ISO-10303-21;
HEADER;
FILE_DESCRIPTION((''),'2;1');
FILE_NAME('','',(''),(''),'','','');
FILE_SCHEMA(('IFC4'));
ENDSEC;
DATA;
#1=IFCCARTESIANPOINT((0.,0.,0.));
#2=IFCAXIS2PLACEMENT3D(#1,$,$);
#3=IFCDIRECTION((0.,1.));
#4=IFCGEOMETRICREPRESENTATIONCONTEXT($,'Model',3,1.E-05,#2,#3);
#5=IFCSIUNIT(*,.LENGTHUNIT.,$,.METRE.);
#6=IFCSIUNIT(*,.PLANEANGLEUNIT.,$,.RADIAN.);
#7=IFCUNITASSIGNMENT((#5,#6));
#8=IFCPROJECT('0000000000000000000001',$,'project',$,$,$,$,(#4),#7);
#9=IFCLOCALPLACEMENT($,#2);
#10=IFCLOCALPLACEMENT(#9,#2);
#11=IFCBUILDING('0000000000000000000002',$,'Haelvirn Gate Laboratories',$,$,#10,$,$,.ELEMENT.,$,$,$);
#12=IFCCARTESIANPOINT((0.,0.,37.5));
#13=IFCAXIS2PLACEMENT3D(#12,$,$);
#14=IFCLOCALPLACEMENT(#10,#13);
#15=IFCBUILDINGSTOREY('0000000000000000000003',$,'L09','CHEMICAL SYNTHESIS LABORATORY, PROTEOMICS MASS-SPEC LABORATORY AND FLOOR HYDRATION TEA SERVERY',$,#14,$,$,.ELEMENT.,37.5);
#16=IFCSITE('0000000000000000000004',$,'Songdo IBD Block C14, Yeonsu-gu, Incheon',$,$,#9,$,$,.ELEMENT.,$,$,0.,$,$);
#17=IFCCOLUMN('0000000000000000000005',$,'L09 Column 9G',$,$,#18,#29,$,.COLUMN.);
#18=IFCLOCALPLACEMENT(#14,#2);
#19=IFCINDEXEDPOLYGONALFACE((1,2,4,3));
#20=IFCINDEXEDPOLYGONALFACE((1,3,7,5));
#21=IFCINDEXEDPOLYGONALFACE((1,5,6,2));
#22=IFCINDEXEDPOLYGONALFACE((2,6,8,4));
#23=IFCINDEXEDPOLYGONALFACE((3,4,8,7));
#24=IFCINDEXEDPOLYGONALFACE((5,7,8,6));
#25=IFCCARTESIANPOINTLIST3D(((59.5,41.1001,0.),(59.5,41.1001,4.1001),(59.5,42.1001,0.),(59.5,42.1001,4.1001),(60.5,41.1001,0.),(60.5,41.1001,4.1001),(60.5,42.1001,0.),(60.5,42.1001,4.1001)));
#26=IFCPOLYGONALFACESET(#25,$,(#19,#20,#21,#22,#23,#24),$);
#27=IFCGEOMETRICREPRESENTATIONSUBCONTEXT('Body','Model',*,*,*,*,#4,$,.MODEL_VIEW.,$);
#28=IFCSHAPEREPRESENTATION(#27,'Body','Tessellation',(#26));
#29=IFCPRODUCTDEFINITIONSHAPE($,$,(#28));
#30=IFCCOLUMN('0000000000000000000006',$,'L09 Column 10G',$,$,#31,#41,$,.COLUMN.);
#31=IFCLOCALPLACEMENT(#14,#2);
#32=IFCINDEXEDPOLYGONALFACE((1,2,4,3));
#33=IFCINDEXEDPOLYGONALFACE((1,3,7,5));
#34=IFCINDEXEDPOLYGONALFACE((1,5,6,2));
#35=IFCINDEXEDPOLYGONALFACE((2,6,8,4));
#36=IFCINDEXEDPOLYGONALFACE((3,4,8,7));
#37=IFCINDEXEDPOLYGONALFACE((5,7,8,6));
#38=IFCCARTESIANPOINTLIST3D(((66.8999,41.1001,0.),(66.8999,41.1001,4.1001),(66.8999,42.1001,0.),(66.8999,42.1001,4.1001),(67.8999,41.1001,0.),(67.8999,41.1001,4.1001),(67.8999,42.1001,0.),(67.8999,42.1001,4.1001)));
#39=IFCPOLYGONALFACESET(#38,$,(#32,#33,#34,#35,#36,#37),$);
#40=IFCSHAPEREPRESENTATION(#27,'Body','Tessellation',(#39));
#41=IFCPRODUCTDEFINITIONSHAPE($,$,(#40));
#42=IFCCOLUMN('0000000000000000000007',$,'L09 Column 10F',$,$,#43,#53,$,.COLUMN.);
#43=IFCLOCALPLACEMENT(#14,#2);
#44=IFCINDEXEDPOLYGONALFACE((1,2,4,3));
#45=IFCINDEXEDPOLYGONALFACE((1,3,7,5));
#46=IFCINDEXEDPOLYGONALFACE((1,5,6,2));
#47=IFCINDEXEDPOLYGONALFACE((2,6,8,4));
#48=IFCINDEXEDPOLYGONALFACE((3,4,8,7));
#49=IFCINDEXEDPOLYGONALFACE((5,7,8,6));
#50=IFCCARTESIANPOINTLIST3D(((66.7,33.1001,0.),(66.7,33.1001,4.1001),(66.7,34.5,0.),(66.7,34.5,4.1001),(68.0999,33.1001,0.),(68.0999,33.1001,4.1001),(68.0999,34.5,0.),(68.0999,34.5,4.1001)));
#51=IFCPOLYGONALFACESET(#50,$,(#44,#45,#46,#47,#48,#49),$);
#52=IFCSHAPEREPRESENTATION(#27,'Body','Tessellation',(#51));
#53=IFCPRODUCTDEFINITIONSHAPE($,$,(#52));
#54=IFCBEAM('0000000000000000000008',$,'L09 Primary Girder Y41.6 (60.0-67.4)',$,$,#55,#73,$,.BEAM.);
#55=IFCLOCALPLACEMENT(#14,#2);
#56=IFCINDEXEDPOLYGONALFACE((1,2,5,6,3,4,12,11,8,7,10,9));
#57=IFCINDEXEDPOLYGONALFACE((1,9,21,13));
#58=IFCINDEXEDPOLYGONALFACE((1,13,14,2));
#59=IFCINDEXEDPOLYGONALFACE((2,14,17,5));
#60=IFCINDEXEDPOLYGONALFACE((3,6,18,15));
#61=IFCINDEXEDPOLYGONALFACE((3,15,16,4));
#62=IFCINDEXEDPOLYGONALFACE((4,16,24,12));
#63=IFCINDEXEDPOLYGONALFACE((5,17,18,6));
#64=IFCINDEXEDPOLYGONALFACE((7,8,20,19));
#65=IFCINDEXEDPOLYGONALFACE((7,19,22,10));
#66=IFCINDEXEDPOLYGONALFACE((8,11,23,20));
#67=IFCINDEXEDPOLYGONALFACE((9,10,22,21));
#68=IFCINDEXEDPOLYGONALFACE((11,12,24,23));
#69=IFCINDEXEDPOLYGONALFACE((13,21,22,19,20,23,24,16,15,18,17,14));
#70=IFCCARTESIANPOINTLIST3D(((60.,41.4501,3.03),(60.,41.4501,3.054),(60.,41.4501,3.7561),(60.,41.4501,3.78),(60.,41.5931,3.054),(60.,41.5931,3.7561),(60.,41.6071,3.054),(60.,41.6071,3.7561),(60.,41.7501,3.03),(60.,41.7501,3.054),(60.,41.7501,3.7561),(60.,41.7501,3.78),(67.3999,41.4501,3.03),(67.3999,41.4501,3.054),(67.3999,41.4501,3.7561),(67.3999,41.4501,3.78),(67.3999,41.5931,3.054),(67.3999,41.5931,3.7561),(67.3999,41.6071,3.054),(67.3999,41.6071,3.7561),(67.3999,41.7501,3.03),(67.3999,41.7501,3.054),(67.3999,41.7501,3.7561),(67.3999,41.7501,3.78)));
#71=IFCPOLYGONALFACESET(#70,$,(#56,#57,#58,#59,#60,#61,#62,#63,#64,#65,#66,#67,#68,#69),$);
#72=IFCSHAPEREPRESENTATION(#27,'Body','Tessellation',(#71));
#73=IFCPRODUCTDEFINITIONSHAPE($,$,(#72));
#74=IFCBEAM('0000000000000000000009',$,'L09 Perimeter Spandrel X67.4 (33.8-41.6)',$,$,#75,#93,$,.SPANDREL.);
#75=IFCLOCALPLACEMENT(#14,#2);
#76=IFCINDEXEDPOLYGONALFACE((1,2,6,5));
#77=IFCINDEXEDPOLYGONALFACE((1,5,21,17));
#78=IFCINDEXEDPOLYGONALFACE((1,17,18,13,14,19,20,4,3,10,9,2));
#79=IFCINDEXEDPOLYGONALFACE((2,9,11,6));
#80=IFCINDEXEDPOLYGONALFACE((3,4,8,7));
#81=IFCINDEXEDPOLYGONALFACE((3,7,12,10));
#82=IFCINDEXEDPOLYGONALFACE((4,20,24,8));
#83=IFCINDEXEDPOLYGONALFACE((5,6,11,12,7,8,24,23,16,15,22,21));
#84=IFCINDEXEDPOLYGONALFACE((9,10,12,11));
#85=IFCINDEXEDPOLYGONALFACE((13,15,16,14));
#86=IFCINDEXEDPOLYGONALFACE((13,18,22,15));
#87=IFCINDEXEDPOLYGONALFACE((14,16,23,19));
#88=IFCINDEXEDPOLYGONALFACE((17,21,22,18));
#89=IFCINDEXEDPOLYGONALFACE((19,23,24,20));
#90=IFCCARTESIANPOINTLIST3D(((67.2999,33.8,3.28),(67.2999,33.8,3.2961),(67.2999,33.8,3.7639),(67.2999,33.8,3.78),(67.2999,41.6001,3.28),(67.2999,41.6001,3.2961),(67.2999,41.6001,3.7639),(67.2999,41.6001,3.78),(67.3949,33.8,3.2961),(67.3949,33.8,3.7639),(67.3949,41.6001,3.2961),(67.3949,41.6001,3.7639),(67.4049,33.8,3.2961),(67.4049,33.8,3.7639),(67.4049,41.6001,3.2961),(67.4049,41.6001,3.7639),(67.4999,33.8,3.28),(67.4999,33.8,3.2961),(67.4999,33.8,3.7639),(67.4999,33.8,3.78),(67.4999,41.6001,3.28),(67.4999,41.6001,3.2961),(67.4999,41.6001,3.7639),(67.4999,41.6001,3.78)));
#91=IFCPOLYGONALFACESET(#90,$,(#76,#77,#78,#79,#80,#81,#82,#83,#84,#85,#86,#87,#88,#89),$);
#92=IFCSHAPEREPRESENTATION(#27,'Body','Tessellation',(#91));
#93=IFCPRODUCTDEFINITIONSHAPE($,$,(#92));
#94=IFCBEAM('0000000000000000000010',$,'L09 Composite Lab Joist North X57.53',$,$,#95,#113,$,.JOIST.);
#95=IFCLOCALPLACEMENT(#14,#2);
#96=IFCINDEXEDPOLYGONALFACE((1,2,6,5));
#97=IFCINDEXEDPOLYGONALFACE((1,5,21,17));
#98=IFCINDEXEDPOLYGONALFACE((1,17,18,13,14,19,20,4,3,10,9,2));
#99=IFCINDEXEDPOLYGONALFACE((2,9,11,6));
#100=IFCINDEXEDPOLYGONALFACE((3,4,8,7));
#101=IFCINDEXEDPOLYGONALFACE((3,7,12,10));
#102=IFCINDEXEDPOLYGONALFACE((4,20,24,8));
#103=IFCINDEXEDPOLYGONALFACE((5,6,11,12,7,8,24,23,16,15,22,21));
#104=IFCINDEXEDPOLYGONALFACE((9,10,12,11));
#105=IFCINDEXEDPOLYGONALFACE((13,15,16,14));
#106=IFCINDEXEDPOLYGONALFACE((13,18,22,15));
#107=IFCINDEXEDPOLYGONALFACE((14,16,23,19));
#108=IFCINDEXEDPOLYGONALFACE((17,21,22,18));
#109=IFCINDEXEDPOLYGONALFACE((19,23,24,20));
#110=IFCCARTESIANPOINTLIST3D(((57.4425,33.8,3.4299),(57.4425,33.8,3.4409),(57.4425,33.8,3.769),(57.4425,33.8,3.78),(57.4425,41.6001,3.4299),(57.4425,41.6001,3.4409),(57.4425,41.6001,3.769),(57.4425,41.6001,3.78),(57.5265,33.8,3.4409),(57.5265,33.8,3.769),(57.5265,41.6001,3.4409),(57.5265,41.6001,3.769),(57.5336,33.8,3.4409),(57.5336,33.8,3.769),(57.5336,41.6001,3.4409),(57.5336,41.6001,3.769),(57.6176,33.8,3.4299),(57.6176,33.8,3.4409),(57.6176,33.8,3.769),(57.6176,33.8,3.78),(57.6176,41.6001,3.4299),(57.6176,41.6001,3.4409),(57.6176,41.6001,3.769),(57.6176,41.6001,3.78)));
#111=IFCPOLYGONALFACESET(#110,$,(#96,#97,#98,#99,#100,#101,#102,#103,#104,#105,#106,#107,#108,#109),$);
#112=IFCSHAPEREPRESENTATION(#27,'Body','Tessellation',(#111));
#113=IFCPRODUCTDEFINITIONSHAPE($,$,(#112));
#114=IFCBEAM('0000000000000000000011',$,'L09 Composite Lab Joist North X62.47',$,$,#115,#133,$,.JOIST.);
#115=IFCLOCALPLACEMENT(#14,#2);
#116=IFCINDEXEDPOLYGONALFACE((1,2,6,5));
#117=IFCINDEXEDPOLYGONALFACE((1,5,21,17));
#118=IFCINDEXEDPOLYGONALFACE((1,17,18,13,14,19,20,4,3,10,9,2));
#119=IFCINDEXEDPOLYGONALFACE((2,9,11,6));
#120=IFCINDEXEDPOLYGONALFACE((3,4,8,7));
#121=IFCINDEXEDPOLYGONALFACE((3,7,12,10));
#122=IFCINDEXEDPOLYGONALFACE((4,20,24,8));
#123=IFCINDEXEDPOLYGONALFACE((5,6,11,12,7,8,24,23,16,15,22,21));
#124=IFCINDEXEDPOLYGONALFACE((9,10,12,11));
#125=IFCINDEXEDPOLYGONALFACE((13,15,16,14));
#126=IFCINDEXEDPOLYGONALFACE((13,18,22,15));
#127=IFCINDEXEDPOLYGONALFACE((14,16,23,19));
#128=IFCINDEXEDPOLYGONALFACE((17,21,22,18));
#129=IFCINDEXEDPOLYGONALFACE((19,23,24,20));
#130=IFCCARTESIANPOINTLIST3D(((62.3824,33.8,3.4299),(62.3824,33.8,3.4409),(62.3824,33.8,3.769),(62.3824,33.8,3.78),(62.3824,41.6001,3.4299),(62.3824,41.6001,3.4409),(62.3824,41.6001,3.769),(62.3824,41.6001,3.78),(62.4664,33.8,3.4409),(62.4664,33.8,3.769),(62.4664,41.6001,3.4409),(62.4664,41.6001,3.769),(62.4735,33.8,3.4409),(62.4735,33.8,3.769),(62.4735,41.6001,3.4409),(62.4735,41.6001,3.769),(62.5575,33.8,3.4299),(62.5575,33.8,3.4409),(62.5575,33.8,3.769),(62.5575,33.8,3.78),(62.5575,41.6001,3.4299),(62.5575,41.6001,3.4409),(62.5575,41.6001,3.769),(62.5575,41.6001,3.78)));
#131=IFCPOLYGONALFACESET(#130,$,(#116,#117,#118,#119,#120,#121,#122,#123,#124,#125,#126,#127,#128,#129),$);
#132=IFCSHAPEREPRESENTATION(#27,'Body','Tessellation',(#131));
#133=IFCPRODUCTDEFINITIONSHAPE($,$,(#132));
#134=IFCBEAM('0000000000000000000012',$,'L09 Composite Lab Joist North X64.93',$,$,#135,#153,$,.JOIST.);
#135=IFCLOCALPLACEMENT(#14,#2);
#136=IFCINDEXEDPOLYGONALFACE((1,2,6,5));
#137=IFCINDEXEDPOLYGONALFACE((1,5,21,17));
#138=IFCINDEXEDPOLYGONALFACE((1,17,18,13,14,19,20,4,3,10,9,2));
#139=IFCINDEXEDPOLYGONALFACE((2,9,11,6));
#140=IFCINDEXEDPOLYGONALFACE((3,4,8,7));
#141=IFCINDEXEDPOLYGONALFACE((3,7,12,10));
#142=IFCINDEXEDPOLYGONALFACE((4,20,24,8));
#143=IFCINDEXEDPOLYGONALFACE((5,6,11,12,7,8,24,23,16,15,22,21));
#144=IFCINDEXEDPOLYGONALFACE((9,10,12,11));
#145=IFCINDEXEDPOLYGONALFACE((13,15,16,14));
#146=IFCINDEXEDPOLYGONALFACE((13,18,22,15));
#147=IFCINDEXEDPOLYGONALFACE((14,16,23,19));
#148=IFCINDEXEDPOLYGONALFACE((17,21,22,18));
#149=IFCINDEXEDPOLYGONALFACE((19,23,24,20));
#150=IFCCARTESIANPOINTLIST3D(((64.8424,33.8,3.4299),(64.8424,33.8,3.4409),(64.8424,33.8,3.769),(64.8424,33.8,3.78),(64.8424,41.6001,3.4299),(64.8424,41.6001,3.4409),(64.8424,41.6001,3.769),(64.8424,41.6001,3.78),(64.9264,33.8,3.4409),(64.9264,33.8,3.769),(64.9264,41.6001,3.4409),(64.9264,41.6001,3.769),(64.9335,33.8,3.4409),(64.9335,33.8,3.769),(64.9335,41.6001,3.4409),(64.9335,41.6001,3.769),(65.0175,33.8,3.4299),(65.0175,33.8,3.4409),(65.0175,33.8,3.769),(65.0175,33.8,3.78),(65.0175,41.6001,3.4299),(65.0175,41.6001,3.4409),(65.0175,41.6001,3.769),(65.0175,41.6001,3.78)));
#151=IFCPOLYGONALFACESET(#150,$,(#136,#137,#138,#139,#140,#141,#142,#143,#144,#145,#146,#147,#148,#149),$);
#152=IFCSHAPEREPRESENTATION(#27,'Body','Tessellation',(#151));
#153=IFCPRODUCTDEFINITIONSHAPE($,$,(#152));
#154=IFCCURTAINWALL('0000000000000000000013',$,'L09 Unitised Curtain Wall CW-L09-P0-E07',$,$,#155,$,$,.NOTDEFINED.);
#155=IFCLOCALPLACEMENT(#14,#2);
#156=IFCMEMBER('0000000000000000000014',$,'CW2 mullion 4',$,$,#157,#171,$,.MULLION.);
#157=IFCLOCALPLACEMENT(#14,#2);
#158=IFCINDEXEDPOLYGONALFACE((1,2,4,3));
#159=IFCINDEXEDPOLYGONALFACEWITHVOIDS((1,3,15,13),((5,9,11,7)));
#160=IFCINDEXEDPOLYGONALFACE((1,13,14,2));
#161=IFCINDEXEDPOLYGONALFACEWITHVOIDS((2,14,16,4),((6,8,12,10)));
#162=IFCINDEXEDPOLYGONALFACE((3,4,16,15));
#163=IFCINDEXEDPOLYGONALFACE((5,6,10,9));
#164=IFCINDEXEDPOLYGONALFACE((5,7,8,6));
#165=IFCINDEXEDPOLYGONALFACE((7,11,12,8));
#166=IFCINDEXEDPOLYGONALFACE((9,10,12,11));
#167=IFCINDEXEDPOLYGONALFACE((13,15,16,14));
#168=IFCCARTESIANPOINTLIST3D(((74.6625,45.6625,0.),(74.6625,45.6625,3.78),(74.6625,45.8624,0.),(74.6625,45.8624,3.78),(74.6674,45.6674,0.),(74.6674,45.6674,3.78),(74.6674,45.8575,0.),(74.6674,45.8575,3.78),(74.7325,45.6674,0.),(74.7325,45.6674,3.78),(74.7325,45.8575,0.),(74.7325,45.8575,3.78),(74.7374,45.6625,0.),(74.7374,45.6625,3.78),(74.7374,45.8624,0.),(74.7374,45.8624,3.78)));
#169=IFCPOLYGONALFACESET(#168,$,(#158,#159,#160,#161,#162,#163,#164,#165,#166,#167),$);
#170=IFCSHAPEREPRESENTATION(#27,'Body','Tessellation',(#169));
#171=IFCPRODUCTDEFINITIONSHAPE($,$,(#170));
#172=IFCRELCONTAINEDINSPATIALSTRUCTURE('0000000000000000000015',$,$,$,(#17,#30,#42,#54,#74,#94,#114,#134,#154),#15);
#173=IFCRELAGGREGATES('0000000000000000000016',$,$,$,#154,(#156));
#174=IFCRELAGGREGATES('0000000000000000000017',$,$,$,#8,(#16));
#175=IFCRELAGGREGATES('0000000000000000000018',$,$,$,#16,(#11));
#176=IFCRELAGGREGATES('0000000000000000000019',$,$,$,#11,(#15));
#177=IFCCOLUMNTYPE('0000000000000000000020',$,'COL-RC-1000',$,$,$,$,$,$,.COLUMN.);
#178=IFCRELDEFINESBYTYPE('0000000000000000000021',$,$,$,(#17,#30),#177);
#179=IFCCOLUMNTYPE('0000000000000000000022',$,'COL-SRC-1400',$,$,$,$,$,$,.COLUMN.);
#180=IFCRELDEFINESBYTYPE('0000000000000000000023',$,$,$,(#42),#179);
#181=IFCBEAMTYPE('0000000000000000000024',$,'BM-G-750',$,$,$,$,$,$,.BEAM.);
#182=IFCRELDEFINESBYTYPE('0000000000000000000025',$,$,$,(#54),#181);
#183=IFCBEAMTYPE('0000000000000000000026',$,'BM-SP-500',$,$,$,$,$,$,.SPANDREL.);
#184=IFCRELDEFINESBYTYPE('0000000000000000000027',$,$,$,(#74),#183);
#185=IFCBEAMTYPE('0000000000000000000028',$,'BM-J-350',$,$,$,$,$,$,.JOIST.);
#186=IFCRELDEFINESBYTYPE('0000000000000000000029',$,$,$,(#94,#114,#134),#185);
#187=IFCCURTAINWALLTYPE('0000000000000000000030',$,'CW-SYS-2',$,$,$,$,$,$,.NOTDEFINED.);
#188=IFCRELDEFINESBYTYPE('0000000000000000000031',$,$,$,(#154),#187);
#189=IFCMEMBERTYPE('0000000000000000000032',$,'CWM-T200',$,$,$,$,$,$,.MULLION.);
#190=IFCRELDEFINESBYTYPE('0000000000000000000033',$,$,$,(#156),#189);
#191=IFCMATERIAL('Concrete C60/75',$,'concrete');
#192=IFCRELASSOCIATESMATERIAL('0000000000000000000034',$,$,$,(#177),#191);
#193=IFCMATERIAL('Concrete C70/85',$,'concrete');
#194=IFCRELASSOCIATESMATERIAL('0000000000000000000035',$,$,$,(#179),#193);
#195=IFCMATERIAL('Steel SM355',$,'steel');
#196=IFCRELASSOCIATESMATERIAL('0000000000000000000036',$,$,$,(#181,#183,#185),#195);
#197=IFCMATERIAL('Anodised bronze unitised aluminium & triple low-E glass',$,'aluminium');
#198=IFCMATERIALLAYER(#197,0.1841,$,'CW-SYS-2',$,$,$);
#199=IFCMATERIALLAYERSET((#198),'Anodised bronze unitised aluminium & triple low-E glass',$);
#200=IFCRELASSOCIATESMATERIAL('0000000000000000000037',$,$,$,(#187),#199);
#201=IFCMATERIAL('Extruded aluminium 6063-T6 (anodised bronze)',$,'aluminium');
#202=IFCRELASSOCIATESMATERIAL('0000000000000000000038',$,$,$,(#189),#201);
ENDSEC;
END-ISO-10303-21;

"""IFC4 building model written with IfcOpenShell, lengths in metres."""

from ifc_helpers import new_model, si_unit, direction, frame, origin, origin_2d, place, context, subcontext, project, spatial, rectangle, hollow_rectangle, i_section, extrude, source, transform, mapped, material, layer, layer_set, material_profile, profile_set, type_object, type_shapes, element, aggregate, save


model = new_model("IFC4")

# Units and contexts
model_context = context("Model", 3, precision=1e-05, world=origin(), true_north=direction((0.0, 1.0)))
body_context = subcontext(model_context, "Body", "Model", "MODEL_VIEW")
ifc_project = project(units=[si_unit("LENGTHUNIT", "METRE"), si_unit("PLANEANGLEUNIT", "RADIAN")], contexts=[model_context])

# Site, building, storey
site_placement = place(None, origin())
site = spatial("IfcSite", under=ifc_project, at=site_placement, Name="Songdo IBD Block C14, Yeonsu-gu, Incheon", CompositionType="ELEMENT", RefElevation=0.0)
building_placement = place(site_placement, origin())
building = spatial("IfcBuilding", under=site, at=building_placement, Name="Haelvirn Gate Laboratories", CompositionType="ELEMENT")
storey_placement = place(building_placement, frame((0.0, 0.0, 37.5)))
storey = spatial("IfcBuildingStorey", under=building, at=storey_placement, Name="L09", Description="CHEMICAL SYNTHESIS LABORATORY, PROTEOMICS MASS-SPEC LABORATORY AND FLOOR HYDRATION TEA SERVERY", CompositionType="ELEMENT", Elevation=37.5)

# Columns
ifc_material_1 = material(Name="Concrete C60/75", Category="concrete")
ifc_material_profile_1 = material_profile(ifc_material_1, rectangle(XDim=1.0, YDim=1.0, at=origin_2d()), Name="RC-1000x1000")
ifc_profile_set_1 = profile_set([ifc_material_profile_1], Name="Concrete C60/75")
column_type_1 = type_object("IfcColumnType", Name="COL-RC-1000", PredefinedType="COLUMN", material=ifc_profile_set_1)
shared_shape_1 = source(origin(), body_context, "Body", "SweptSolid", [
    extrude(rectangle(XDim=1.0, YDim=1.0, at=origin_2d()), origin(), (0.0, 0.0, 1.0), 4.1001),
])
type_shapes(column_type_1, [shared_shape_1])
for number, where, z_axis, x_axis, name in (
    (1, (60.0, 41.6001, 0.0), (0.0, 0.0, 1.0), (1.0, 0.0, 0.0), "L09 Column 9G"),
    (2, (67.3999, 41.6001, 0.0), (0.0, 0.0, 1.0), (1.0, 0.0, 0.0), "L09 Column 10G"),
):
    element("IfcColumn", number, at=place(storey_placement, frame(where, z_axis=z_axis, x_axis=x_axis)), inside=storey, type_object=column_type_1, Name=name, PredefinedType="COLUMN", context=body_context, shape_type="MappedRepresentation", body=[
        mapped(shared_shape_1, transform((0.0, 0.0, 0.0), scale=1.0)),
    ])
ifc_material_2 = material(Name="Concrete C70/85", Category="concrete")
ifc_material_profile_2 = material_profile(ifc_material_2, rectangle(XDim=1.3999, YDim=1.3999, at=origin_2d()), Name="SRC-1400x1400")
ifc_profile_set_2 = profile_set([ifc_material_profile_2], Name="Concrete C70/85")
column_type_2 = type_object("IfcColumnType", Name="COL-SRC-1400", PredefinedType="COLUMN", material=ifc_profile_set_2)
shared_shape_2 = source(origin(), body_context, "Body", "SweptSolid", [
    extrude(rectangle(XDim=1.3999, YDim=1.3999, at=origin_2d()), origin(), (0.0, 0.0, 1.0), 4.1001),
])
type_shapes(column_type_2, [shared_shape_2])
column_placement = place(storey_placement, frame((67.3999, 33.8, 0.0), z_axis=(0.0, 0.0, 1.0), x_axis=(1.0, 0.0, 0.0)))
element("IfcColumn", 3, at=column_placement, inside=storey, type_object=column_type_2, Name="L09 Column 10F", PredefinedType="COLUMN", context=body_context, shape_type="MappedRepresentation", body=[
    mapped(shared_shape_2, transform((0.0, 0.0, 0.0), scale=1.0)),
])

# Beams
ifc_material_3 = material(Name="Steel SM355", Category="steel")
ifc_material_profile_3 = material_profile(ifc_material_3, i_section(OverallWidth=0.3, OverallDepth=0.75, WebThickness=0.0139, FlangeThickness=0.0239, at=origin_2d()), Name="H-750x300x14x24")
ifc_profile_set_3 = profile_set([ifc_material_profile_3], Name="Steel SM355")
beam_type_1 = type_object("IfcBeamType", Name="BM-G-750", PredefinedType="BEAM", material=ifc_profile_set_3)
shared_shape_3 = source(origin(), body_context, "Body", "SweptSolid", [
    extrude(i_section(OverallWidth=0.3, OverallDepth=0.75, WebThickness=0.0139, FlangeThickness=0.0239, at=origin_2d()), origin(), (0.0, 0.0, 1.0), 7.3999),
])
type_shapes(beam_type_1, [shared_shape_3])
beam_1_placement = place(storey_placement, frame((60.0, 41.6001, 3.405), z_axis=(1.0, 0.0, 0.0), x_axis=(0.0, 1.0, 0.0)))
element("IfcBeam", 4, at=beam_1_placement, inside=storey, type_object=beam_type_1, Name="L09 Primary Girder Y41.6 (60.0-67.4)", PredefinedType="BEAM", context=body_context, shape_type="MappedRepresentation", body=[
    mapped(shared_shape_3, transform((0.0, 0.0, 0.0), scale=1.0)),
])
ifc_material_profile_4 = material_profile(ifc_material_3, i_section(OverallWidth=0.2, OverallDepth=0.5, WebThickness=0.01, FlangeThickness=0.0161, at=origin_2d()), Name="H-500x200x10x16")
ifc_profile_set_4 = profile_set([ifc_material_profile_4], Name="Steel SM355")
beam_type_2 = type_object("IfcBeamType", Name="BM-SP-500", PredefinedType="SPANDREL", material=ifc_profile_set_4)
shared_shape_4 = source(origin(), body_context, "Body", "SweptSolid", [
    extrude(i_section(OverallWidth=0.2, OverallDepth=0.5, WebThickness=0.01, FlangeThickness=0.0161, at=origin_2d()), origin(), (0.0, 0.0, 1.0), 7.8),
])
type_shapes(beam_type_2, [shared_shape_4])
beam_2_placement = place(storey_placement, frame((67.3999, 33.8, 3.53), z_axis=(0.0, 1.0, 0.0), x_axis=(-1.0, 0.0, 0.0)))
element("IfcBeam", 5, at=beam_2_placement, inside=storey, type_object=beam_type_2, Name="L09 Perimeter Spandrel X67.4 (33.8-41.6)", PredefinedType="SPANDREL", context=body_context, shape_type="MappedRepresentation", body=[
    mapped(shared_shape_4, transform((0.0, 0.0, 0.0), scale=1.0)),
])
ifc_material_profile_5 = material_profile(ifc_material_3, i_section(OverallWidth=0.175, OverallDepth=0.3501, WebThickness=0.0071, FlangeThickness=0.011, at=origin_2d()), Name="H-350x175x7x11")
ifc_profile_set_5 = profile_set([ifc_material_profile_5], Name="Steel SM355")
beam_type_3 = type_object("IfcBeamType", Name="BM-J-350", PredefinedType="JOIST", material=ifc_profile_set_5)
shared_shape_5 = source(origin(), body_context, "Body", "SweptSolid", [
    extrude(i_section(OverallWidth=0.175, OverallDepth=0.3501, WebThickness=0.0071, FlangeThickness=0.011, at=origin_2d()), origin(), (0.0, 0.0, 1.0), 7.8),
])
type_shapes(beam_type_3, [shared_shape_5])
for number, where, z_axis, x_axis, name in (
    (6, (57.53, 33.8, 3.605), (0.0, 1.0, 0.0), (-1.0, 0.0, 0.0), "L09 Composite Lab Joist North X57.53"),
    (7, (62.47, 33.8, 3.605), (0.0, 1.0, 0.0), (-1.0, 0.0, 0.0), "L09 Composite Lab Joist North X62.47"),
    (8, (64.9299, 33.8, 3.605), (0.0, 1.0, 0.0), (-1.0, 0.0, 0.0), "L09 Composite Lab Joist North X64.93"),
):
    element("IfcBeam", number, at=place(storey_placement, frame(where, z_axis=z_axis, x_axis=x_axis)), inside=storey, type_object=beam_type_3, Name=name, PredefinedType="JOIST", context=body_context, shape_type="MappedRepresentation", body=[
        mapped(shared_shape_5, transform((0.0, 0.0, 0.0), scale=1.0)),
    ])

# Curtain wall, member
ifc_material_4 = material(Name="Anodised bronze unitised aluminium & triple low-E glass", Category="aluminium")
ifc_layer_1 = layer(ifc_material_4, 0.1841, Name="CW-SYS-2")
ifc_layer_set_1 = layer_set([ifc_layer_1], Name="Anodised bronze unitised aluminium & triple low-E glass")
curtain_wall_type_1 = type_object("IfcCurtainWallType", Name="CW-SYS-2", PredefinedType="NOTDEFINED", material=ifc_layer_set_1)
curtain_wall_1_placement = place(storey_placement, origin())
curtain_wall_1 = element("IfcCurtainWall", 9, at=curtain_wall_1_placement, inside=storey, type_object=curtain_wall_type_1, Name="L09 Unitised Curtain Wall CW-L09-P0-E07", PredefinedType="NOTDEFINED")
ifc_material_5 = material(Name="Extruded aluminium 6063-T6 (anodised bronze)", Category="aluminium")
ifc_material_profile_6 = material_profile(ifc_material_5, hollow_rectangle(XDim=0.075, YDim=0.2, WallThickness=0.0049, at=origin_2d()), Name="CWM-200x75x5")
ifc_profile_set_6 = profile_set([ifc_material_profile_6], Name="Extruded aluminium 6063-T6 (anodised bronze)")
member_type_1 = type_object("IfcMemberType", Name="CWM-T200", PredefinedType="MULLION", material=ifc_profile_set_6)
shared_shape_6 = source(origin(), body_context, "Body", "SweptSolid", [
    extrude(hollow_rectangle(XDim=0.075, YDim=0.2, WallThickness=0.0049, at=origin_2d()), origin(), (0.0, 0.0, 1.0), 3.78),
])
type_shapes(member_type_1, [shared_shape_6])
member_1_placement = place(storey_placement, frame((74.7, 45.7625, 0.0), z_axis=(0.0, 0.0, 1.0), x_axis=(-1.0, 0.0, 0.0)))
member_1 = element("IfcMember", 10, at=member_1_placement, type_object=member_type_1, Name="CW2 mullion 4", PredefinedType="MULLION", context=body_context, shape_type="MappedRepresentation", body=[
    mapped(shared_shape_6, transform((0.0, 0.0, 0.0), scale=1.0)),
])

aggregate(curtain_wall_1, [member_1])

save(model, "model.ifc")
